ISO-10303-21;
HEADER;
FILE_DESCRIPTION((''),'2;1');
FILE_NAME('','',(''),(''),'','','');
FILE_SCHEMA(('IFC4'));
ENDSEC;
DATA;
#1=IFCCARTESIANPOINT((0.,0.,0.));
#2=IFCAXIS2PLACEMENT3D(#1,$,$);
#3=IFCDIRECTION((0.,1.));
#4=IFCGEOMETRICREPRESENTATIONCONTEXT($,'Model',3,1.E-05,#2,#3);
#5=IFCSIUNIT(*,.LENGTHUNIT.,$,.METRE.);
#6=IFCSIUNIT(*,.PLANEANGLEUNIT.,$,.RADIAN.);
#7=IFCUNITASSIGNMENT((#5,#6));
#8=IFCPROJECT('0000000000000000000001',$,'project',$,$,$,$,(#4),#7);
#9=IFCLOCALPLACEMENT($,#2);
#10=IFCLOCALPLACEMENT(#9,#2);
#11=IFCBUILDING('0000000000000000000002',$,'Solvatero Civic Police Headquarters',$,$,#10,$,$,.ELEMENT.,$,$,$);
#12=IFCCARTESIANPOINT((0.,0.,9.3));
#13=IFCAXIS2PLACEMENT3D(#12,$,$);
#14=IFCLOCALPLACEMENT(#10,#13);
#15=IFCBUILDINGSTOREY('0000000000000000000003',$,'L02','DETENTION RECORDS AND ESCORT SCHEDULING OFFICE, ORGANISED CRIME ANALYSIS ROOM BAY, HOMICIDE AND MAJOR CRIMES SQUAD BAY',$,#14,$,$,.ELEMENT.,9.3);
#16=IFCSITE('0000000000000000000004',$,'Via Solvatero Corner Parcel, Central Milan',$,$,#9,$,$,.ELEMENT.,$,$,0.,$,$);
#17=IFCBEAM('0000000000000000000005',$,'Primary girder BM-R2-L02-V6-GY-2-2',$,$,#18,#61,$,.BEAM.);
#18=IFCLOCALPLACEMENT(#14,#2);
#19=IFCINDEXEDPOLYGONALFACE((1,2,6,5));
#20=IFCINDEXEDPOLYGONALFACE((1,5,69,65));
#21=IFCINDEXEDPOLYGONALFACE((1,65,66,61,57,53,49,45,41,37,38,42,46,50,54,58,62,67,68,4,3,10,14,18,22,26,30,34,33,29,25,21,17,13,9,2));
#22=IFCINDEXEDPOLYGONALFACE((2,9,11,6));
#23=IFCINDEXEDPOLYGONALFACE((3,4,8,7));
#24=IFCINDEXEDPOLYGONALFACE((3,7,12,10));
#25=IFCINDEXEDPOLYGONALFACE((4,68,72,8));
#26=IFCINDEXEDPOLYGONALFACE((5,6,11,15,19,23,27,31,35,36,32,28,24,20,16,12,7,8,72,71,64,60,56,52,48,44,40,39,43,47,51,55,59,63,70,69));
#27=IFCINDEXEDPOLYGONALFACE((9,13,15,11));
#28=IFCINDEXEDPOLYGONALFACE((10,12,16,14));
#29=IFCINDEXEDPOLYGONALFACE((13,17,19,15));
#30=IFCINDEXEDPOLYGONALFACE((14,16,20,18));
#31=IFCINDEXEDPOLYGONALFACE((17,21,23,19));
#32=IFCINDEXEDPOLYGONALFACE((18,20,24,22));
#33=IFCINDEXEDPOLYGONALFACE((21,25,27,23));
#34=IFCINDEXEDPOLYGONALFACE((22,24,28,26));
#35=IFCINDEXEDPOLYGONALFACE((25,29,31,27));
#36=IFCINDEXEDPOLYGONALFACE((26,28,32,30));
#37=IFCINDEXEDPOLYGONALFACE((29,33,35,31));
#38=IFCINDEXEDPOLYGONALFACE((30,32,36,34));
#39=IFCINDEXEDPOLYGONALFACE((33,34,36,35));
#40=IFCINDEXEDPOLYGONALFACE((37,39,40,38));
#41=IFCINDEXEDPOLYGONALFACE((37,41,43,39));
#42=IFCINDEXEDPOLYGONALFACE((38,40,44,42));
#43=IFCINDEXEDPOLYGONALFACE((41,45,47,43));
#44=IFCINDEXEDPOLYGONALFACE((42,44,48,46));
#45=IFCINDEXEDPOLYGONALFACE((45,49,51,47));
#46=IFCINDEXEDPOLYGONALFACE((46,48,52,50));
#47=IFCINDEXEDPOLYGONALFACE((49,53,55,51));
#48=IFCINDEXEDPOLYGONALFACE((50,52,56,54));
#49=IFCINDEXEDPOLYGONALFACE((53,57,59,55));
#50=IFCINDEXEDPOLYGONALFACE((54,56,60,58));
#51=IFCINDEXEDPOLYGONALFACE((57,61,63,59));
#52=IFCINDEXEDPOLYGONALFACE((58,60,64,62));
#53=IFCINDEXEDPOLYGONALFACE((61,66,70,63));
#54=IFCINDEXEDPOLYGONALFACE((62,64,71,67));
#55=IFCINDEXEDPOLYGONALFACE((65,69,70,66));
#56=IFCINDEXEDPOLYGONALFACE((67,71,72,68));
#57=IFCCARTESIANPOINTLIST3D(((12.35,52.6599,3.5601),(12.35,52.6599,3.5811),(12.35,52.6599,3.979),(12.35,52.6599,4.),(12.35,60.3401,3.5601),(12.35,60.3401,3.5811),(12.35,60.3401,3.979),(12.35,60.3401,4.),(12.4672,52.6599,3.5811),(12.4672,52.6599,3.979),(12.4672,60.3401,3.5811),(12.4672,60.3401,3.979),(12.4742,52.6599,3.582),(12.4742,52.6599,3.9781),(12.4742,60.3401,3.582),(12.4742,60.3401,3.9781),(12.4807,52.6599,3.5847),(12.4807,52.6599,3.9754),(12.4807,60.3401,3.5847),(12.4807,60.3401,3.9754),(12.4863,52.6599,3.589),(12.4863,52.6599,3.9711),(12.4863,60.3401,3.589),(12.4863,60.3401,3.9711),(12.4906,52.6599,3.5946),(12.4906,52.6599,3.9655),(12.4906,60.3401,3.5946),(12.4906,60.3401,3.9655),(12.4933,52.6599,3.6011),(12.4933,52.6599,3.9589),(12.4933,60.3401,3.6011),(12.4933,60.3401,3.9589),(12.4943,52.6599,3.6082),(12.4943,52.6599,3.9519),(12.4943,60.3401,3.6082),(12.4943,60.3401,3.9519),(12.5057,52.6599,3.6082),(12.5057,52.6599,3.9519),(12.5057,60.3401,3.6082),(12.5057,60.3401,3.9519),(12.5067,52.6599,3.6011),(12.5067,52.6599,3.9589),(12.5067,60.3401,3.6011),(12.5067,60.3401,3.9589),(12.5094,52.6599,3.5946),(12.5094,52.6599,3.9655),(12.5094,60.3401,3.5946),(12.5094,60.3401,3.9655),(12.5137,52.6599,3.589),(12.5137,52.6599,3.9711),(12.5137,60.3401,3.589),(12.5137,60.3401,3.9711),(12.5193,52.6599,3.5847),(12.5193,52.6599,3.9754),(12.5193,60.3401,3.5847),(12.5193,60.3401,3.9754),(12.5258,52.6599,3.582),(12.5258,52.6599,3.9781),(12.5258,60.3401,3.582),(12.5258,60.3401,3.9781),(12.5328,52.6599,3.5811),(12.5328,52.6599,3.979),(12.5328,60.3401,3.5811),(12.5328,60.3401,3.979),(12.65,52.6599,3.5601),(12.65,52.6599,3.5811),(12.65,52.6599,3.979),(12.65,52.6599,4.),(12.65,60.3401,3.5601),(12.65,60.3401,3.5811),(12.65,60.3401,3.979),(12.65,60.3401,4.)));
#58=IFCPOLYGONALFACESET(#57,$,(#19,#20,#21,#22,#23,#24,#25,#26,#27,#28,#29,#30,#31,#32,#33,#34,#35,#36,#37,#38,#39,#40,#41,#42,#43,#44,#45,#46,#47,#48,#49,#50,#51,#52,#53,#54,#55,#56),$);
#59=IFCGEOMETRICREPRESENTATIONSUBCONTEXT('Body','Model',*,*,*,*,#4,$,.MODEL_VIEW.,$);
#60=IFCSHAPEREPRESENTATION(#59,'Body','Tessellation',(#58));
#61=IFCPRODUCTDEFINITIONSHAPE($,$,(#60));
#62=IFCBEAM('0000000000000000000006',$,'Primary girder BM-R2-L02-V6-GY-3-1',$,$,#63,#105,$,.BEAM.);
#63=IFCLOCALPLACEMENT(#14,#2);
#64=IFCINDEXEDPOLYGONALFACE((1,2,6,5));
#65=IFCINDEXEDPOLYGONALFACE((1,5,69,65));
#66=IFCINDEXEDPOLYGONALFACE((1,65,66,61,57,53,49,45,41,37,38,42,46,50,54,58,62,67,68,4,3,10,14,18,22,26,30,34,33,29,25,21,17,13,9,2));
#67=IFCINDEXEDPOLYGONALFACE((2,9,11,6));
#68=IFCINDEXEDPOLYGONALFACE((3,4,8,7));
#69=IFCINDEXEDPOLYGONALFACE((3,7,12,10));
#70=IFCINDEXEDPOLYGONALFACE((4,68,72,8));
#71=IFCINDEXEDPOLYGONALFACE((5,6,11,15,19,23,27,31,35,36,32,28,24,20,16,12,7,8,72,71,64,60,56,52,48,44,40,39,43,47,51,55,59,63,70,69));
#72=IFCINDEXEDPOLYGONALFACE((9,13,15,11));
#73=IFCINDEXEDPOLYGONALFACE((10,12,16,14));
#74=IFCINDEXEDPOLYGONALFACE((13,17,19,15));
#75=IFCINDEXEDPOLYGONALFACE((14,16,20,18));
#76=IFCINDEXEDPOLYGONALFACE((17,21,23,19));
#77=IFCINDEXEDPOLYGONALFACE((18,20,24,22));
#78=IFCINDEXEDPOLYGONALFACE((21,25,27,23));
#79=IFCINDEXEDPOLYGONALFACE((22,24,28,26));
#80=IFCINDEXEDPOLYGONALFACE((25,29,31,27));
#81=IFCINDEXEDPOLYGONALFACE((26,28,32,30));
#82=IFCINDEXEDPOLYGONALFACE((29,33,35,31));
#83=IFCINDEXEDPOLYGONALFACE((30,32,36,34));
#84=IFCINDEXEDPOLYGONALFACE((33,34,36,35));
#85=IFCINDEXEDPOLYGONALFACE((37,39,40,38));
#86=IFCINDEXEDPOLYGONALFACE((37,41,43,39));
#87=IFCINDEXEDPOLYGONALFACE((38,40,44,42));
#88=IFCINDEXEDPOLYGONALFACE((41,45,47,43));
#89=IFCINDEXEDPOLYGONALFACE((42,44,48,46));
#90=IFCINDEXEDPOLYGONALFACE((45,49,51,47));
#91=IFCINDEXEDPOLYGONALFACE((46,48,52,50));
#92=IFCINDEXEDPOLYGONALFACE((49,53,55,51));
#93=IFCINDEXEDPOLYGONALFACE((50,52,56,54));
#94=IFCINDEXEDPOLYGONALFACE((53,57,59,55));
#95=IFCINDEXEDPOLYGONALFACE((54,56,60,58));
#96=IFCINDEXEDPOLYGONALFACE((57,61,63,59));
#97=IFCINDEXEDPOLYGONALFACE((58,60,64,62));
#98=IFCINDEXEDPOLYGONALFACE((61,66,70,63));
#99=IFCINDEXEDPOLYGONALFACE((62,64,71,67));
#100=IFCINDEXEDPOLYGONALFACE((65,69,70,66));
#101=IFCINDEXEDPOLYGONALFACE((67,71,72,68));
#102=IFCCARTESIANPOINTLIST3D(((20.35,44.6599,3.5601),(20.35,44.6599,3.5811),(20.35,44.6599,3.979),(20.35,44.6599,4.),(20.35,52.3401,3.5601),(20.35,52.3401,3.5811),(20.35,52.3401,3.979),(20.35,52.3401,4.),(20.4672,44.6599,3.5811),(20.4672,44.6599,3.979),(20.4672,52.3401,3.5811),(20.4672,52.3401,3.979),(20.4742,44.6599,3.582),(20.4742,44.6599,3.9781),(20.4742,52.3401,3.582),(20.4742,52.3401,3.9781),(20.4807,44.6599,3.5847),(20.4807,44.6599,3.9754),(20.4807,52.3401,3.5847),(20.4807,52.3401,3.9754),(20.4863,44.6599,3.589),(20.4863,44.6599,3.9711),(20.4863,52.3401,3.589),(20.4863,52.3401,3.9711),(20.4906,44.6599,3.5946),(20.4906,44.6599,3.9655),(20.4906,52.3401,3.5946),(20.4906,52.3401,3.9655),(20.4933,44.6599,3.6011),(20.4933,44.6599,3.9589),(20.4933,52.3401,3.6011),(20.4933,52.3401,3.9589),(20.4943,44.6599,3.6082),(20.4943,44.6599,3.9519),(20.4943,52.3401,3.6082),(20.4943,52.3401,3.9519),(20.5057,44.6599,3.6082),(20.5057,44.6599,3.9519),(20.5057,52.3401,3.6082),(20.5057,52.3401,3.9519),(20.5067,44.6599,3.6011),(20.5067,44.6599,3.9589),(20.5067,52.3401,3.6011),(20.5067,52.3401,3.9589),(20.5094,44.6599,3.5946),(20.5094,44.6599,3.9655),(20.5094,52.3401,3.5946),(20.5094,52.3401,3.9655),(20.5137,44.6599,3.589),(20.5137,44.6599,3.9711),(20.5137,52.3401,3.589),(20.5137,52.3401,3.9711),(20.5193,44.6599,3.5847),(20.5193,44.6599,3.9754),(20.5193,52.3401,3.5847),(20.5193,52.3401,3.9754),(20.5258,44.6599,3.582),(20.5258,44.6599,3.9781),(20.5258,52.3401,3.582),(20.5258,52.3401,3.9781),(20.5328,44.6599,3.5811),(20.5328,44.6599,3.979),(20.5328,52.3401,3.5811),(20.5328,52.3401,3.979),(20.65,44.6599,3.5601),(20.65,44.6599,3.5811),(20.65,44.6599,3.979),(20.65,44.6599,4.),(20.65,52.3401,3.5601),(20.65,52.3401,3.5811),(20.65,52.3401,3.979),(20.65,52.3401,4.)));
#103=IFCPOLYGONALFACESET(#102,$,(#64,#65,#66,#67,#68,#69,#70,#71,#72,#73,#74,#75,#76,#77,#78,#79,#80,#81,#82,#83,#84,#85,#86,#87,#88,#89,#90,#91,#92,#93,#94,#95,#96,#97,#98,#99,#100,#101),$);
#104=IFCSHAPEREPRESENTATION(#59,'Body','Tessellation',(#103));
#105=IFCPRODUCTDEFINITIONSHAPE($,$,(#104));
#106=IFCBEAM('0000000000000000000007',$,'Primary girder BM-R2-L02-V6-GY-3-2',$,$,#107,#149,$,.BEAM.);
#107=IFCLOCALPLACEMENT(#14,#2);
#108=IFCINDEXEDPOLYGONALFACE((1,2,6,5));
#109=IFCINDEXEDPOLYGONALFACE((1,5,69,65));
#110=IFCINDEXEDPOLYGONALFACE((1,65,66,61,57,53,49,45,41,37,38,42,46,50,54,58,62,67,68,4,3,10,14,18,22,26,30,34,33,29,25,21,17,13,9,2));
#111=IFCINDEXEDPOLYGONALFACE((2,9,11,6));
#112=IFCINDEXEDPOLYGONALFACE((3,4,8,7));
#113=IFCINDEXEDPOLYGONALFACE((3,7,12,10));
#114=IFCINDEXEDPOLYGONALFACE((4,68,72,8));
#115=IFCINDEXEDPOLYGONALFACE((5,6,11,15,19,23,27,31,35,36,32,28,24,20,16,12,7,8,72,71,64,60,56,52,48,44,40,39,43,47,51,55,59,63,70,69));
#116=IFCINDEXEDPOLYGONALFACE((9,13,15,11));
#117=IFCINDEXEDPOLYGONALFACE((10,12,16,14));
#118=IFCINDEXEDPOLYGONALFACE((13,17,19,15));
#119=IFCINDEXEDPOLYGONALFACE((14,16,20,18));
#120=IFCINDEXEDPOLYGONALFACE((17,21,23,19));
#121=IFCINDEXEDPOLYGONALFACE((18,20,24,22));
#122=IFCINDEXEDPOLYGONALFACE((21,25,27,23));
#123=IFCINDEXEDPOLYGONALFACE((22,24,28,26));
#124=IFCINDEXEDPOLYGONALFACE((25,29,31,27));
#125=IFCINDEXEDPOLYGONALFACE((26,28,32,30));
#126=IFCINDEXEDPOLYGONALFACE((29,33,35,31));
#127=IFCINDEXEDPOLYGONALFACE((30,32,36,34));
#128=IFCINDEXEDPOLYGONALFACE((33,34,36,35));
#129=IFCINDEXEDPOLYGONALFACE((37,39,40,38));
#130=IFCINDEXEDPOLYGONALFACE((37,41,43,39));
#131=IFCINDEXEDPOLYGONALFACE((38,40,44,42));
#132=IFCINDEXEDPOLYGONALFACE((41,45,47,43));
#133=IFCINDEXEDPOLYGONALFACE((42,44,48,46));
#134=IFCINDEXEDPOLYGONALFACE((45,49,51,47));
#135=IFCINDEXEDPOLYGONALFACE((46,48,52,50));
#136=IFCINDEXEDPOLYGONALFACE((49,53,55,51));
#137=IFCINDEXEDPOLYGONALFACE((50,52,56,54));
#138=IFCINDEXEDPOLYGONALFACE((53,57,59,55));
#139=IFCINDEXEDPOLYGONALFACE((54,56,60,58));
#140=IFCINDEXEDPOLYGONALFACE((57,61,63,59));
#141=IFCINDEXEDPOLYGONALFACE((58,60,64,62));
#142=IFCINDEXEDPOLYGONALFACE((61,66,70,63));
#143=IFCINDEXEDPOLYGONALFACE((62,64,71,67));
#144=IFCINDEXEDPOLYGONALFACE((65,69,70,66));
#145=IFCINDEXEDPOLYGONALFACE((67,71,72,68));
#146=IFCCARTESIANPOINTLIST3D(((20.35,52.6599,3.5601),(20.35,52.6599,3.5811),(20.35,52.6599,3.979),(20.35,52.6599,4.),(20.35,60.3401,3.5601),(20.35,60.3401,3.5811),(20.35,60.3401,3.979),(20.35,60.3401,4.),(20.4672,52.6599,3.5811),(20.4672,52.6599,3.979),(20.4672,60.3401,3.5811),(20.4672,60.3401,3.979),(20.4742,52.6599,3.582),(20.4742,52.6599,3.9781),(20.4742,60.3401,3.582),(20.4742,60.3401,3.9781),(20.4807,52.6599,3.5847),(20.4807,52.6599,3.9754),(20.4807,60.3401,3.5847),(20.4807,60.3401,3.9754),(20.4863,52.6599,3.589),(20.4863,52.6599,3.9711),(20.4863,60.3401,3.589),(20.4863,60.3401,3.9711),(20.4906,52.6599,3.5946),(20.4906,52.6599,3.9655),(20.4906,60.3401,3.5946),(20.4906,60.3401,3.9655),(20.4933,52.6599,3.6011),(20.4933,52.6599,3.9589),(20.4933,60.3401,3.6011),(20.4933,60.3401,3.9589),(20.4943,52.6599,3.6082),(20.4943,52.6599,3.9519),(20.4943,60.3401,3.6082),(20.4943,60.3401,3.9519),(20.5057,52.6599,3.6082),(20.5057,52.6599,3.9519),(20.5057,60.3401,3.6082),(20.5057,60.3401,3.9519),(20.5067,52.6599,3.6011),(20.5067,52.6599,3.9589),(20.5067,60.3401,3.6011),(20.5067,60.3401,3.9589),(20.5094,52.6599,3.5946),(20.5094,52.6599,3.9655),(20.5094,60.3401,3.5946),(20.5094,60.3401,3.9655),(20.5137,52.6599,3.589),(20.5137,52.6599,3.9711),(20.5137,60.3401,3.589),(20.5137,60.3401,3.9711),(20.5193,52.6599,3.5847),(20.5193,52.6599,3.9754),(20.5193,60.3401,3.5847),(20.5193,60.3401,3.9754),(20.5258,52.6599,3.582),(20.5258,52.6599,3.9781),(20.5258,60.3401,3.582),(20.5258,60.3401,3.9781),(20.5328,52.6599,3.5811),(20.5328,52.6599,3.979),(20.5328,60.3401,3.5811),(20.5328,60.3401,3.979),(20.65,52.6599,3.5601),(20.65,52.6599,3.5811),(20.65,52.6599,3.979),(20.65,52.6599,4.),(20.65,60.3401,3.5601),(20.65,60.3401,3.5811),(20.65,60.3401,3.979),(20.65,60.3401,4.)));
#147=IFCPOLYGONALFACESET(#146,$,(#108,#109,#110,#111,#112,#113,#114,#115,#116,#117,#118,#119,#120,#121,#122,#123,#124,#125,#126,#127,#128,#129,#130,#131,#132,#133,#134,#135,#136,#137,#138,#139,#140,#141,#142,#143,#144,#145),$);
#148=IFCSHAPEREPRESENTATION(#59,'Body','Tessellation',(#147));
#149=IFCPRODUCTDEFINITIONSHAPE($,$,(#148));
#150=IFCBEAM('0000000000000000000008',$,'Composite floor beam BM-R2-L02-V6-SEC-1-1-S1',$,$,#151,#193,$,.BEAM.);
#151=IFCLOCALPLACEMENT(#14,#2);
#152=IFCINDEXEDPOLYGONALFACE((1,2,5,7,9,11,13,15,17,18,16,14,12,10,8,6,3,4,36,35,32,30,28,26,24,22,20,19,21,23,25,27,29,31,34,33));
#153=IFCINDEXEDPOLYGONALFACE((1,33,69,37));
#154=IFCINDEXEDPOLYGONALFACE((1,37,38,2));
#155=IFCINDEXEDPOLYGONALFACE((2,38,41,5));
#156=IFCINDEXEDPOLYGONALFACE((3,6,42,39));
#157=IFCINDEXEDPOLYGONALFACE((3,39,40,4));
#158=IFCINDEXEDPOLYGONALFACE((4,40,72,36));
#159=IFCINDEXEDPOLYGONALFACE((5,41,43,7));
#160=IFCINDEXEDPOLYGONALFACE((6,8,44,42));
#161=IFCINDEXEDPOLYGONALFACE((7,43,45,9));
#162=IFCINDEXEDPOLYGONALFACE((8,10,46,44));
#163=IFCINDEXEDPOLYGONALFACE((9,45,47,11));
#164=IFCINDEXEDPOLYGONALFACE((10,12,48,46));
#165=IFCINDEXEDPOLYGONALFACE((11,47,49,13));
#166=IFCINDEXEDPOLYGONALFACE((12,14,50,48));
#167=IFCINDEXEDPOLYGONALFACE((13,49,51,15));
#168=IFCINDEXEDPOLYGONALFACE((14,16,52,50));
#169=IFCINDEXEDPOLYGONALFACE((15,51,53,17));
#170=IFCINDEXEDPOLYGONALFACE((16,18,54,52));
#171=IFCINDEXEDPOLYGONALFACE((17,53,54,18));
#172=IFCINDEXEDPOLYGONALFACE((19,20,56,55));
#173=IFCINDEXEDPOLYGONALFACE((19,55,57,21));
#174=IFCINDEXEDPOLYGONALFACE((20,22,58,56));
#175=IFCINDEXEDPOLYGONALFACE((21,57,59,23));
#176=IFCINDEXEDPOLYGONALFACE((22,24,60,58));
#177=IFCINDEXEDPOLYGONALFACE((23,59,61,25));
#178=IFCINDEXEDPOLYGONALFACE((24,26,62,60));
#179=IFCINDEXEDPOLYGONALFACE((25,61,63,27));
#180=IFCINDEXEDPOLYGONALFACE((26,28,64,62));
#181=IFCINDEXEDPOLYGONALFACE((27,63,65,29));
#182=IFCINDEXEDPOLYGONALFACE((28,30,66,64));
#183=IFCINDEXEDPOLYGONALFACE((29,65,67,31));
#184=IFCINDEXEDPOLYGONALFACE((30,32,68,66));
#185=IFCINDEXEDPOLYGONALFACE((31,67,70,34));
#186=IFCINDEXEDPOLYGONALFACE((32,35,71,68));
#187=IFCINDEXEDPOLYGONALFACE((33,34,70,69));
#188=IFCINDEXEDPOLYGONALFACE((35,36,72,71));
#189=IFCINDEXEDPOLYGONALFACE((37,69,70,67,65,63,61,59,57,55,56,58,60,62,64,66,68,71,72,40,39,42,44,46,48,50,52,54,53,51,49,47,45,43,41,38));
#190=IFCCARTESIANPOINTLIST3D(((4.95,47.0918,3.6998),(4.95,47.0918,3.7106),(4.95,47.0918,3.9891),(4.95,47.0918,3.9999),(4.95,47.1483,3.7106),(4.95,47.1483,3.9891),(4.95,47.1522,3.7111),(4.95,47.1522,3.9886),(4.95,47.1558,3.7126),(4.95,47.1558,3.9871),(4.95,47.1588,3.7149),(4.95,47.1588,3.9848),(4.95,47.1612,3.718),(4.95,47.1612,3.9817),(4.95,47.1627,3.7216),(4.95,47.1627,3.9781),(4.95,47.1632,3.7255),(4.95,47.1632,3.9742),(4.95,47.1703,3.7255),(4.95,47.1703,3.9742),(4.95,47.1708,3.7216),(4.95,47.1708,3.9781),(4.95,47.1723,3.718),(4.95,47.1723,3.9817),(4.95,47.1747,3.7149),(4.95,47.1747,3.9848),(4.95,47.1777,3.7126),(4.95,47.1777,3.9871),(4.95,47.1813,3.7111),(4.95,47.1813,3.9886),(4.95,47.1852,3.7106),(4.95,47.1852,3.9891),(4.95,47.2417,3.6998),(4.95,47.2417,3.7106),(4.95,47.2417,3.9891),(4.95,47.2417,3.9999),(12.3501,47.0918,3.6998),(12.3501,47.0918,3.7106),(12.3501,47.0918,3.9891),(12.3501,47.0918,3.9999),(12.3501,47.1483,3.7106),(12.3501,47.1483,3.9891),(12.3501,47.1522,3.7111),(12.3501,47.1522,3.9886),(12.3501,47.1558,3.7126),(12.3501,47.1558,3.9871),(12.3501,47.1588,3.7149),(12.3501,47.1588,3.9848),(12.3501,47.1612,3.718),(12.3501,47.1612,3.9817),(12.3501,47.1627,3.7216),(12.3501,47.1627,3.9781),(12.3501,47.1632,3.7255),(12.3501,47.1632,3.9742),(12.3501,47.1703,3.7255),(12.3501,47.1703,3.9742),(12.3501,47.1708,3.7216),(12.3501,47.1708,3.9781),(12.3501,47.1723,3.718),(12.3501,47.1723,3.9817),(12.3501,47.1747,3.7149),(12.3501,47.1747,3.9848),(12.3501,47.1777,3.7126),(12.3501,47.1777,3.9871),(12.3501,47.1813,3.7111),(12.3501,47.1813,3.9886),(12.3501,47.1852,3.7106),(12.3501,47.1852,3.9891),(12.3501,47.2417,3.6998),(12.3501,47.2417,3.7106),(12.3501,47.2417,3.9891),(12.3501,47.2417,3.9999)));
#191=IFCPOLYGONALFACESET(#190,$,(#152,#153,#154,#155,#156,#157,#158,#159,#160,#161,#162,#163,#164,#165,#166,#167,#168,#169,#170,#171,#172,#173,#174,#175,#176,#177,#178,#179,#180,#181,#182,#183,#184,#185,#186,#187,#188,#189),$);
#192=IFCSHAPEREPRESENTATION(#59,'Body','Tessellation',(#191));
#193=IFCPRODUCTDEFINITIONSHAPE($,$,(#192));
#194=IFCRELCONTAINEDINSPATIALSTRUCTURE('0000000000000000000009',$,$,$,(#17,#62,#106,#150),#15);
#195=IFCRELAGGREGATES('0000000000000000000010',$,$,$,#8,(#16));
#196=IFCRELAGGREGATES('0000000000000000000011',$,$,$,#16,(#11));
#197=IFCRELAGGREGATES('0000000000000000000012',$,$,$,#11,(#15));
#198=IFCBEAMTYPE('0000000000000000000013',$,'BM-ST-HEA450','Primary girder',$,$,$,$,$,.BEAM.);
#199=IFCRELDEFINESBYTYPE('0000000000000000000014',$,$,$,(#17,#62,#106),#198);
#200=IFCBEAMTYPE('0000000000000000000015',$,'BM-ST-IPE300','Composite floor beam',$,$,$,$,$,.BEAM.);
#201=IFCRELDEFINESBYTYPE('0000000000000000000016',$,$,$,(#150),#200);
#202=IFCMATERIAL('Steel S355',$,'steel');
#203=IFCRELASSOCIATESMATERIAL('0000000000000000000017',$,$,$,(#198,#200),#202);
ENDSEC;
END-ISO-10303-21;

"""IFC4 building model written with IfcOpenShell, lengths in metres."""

from ifc_helpers import new_model, si_unit, direction, frame, origin, origin_2d, place, context, subcontext, project, spatial, i_section, extrude, material, material_profile, profile_set, type_object, element, save


model = new_model("IFC4")

# Units and contexts
model_context = context("Model", 3, precision=1e-05, world=origin(), true_north=direction((0.0, 1.0)))
body_context = subcontext(model_context, "Body", "Model", "MODEL_VIEW")
ifc_project = project(units=[si_unit("LENGTHUNIT", "METRE"), si_unit("PLANEANGLEUNIT", "RADIAN")], contexts=[model_context])

# Site, building, storey
site_placement = place(None, origin())
site = spatial("IfcSite", under=ifc_project, at=site_placement, Name="Via Solvatero Corner Parcel, Central Milan", CompositionType="ELEMENT", RefElevation=0.0)
building_placement = place(site_placement, origin())
building = spatial("IfcBuilding", under=site, at=building_placement, Name="Solvatero Civic Police Headquarters", CompositionType="ELEMENT")
storey_placement = place(building_placement, frame((0.0, 0.0, 9.3)))
storey = spatial("IfcBuildingStorey", under=building, at=storey_placement, Name="L02", Description="DETENTION RECORDS AND ESCORT SCHEDULING OFFICE, ORGANISED CRIME ANALYSIS ROOM BAY, HOMICIDE AND MAJOR CRIMES SQUAD BAY", CompositionType="ELEMENT", Elevation=9.3)

# Shared definitions
ifc_material_1 = material(Name="Steel S355", Category="steel")

# Beams
ifc_material_profile_1 = material_profile(ifc_material_1, i_section(OverallWidth=0.3, OverallDepth=0.4399, WebThickness=0.0115, FlangeThickness=0.021, FilletRadius=0.0271, at=origin_2d()), Name="HEA 450")
ifc_profile_set_1 = profile_set([ifc_material_profile_1], Name="Steel S355")
beam_type_1 = type_object("IfcBeamType", Name="BM-ST-HEA450", Description="Primary girder", PredefinedType="BEAM", material=ifc_profile_set_1)
for number, where, z_axis, x_axis, name in (
    (1, (12.5, 52.6599, 3.78), (0.0, 1.0, 0.0), (-1.0, 0.0, 0.0), "Primary girder BM-R2-L02-V6-GY-2-2"),
    (2, (20.5, 44.6599, 3.78), (0.0, 1.0, 0.0), (-1.0, 0.0, 0.0), "Primary girder BM-R2-L02-V6-GY-3-1"),
    (3, (20.5, 52.6599, 3.78), (0.0, 1.0, 0.0), (-1.0, 0.0, 0.0), "Primary girder BM-R2-L02-V6-GY-3-2"),
):
    element("IfcBeam", number, at=place(storey_placement, frame(where, z_axis=z_axis, x_axis=x_axis)), inside=storey, type_object=beam_type_1, Name=name, PredefinedType="BEAM", context=body_context, shape_type="SweptSolid", body=[
        extrude(i_section(OverallWidth=0.3, OverallDepth=0.4399, WebThickness=0.0115, FlangeThickness=0.021, FilletRadius=0.0271, at=origin_2d()), origin(), (0.0, 0.0, 1.0), 7.6802),
    ])
ifc_material_profile_2 = material_profile(ifc_material_1, i_section(OverallWidth=0.1499, OverallDepth=0.3, WebThickness=0.0071, FlangeThickness=0.0107, FilletRadius=0.0149, at=origin_2d()), Name="IPE 300")
ifc_profile_set_2 = profile_set([ifc_material_profile_2], Name="Steel S355")
beam_type_2 = type_object("IfcBeamType", Name="BM-ST-IPE300", Description="Composite floor beam", PredefinedType="BEAM", material=ifc_profile_set_2)
for number, where, z_axis, x_axis, name in (
    (4, (4.95, 47.1667, 3.8499), (1.0, 0.0, 0.0), (0.0, 1.0, 0.0), "Composite floor beam BM-R2-L02-V6-SEC-1-1-S1"),
):
    element("IfcBeam", number, at=place(storey_placement, frame(where, z_axis=z_axis, x_axis=x_axis)), inside=storey, type_object=beam_type_2, Name=name, PredefinedType="BEAM", context=body_context, shape_type="SweptSolid", body=[
        extrude(i_section(OverallWidth=0.1499, OverallDepth=0.3, WebThickness=0.0071, FlangeThickness=0.0107, FilletRadius=0.0149, at=origin_2d()), origin(), (0.0, 0.0, 1.0), 7.4001),
    ])

save(model, "model.ifc")
